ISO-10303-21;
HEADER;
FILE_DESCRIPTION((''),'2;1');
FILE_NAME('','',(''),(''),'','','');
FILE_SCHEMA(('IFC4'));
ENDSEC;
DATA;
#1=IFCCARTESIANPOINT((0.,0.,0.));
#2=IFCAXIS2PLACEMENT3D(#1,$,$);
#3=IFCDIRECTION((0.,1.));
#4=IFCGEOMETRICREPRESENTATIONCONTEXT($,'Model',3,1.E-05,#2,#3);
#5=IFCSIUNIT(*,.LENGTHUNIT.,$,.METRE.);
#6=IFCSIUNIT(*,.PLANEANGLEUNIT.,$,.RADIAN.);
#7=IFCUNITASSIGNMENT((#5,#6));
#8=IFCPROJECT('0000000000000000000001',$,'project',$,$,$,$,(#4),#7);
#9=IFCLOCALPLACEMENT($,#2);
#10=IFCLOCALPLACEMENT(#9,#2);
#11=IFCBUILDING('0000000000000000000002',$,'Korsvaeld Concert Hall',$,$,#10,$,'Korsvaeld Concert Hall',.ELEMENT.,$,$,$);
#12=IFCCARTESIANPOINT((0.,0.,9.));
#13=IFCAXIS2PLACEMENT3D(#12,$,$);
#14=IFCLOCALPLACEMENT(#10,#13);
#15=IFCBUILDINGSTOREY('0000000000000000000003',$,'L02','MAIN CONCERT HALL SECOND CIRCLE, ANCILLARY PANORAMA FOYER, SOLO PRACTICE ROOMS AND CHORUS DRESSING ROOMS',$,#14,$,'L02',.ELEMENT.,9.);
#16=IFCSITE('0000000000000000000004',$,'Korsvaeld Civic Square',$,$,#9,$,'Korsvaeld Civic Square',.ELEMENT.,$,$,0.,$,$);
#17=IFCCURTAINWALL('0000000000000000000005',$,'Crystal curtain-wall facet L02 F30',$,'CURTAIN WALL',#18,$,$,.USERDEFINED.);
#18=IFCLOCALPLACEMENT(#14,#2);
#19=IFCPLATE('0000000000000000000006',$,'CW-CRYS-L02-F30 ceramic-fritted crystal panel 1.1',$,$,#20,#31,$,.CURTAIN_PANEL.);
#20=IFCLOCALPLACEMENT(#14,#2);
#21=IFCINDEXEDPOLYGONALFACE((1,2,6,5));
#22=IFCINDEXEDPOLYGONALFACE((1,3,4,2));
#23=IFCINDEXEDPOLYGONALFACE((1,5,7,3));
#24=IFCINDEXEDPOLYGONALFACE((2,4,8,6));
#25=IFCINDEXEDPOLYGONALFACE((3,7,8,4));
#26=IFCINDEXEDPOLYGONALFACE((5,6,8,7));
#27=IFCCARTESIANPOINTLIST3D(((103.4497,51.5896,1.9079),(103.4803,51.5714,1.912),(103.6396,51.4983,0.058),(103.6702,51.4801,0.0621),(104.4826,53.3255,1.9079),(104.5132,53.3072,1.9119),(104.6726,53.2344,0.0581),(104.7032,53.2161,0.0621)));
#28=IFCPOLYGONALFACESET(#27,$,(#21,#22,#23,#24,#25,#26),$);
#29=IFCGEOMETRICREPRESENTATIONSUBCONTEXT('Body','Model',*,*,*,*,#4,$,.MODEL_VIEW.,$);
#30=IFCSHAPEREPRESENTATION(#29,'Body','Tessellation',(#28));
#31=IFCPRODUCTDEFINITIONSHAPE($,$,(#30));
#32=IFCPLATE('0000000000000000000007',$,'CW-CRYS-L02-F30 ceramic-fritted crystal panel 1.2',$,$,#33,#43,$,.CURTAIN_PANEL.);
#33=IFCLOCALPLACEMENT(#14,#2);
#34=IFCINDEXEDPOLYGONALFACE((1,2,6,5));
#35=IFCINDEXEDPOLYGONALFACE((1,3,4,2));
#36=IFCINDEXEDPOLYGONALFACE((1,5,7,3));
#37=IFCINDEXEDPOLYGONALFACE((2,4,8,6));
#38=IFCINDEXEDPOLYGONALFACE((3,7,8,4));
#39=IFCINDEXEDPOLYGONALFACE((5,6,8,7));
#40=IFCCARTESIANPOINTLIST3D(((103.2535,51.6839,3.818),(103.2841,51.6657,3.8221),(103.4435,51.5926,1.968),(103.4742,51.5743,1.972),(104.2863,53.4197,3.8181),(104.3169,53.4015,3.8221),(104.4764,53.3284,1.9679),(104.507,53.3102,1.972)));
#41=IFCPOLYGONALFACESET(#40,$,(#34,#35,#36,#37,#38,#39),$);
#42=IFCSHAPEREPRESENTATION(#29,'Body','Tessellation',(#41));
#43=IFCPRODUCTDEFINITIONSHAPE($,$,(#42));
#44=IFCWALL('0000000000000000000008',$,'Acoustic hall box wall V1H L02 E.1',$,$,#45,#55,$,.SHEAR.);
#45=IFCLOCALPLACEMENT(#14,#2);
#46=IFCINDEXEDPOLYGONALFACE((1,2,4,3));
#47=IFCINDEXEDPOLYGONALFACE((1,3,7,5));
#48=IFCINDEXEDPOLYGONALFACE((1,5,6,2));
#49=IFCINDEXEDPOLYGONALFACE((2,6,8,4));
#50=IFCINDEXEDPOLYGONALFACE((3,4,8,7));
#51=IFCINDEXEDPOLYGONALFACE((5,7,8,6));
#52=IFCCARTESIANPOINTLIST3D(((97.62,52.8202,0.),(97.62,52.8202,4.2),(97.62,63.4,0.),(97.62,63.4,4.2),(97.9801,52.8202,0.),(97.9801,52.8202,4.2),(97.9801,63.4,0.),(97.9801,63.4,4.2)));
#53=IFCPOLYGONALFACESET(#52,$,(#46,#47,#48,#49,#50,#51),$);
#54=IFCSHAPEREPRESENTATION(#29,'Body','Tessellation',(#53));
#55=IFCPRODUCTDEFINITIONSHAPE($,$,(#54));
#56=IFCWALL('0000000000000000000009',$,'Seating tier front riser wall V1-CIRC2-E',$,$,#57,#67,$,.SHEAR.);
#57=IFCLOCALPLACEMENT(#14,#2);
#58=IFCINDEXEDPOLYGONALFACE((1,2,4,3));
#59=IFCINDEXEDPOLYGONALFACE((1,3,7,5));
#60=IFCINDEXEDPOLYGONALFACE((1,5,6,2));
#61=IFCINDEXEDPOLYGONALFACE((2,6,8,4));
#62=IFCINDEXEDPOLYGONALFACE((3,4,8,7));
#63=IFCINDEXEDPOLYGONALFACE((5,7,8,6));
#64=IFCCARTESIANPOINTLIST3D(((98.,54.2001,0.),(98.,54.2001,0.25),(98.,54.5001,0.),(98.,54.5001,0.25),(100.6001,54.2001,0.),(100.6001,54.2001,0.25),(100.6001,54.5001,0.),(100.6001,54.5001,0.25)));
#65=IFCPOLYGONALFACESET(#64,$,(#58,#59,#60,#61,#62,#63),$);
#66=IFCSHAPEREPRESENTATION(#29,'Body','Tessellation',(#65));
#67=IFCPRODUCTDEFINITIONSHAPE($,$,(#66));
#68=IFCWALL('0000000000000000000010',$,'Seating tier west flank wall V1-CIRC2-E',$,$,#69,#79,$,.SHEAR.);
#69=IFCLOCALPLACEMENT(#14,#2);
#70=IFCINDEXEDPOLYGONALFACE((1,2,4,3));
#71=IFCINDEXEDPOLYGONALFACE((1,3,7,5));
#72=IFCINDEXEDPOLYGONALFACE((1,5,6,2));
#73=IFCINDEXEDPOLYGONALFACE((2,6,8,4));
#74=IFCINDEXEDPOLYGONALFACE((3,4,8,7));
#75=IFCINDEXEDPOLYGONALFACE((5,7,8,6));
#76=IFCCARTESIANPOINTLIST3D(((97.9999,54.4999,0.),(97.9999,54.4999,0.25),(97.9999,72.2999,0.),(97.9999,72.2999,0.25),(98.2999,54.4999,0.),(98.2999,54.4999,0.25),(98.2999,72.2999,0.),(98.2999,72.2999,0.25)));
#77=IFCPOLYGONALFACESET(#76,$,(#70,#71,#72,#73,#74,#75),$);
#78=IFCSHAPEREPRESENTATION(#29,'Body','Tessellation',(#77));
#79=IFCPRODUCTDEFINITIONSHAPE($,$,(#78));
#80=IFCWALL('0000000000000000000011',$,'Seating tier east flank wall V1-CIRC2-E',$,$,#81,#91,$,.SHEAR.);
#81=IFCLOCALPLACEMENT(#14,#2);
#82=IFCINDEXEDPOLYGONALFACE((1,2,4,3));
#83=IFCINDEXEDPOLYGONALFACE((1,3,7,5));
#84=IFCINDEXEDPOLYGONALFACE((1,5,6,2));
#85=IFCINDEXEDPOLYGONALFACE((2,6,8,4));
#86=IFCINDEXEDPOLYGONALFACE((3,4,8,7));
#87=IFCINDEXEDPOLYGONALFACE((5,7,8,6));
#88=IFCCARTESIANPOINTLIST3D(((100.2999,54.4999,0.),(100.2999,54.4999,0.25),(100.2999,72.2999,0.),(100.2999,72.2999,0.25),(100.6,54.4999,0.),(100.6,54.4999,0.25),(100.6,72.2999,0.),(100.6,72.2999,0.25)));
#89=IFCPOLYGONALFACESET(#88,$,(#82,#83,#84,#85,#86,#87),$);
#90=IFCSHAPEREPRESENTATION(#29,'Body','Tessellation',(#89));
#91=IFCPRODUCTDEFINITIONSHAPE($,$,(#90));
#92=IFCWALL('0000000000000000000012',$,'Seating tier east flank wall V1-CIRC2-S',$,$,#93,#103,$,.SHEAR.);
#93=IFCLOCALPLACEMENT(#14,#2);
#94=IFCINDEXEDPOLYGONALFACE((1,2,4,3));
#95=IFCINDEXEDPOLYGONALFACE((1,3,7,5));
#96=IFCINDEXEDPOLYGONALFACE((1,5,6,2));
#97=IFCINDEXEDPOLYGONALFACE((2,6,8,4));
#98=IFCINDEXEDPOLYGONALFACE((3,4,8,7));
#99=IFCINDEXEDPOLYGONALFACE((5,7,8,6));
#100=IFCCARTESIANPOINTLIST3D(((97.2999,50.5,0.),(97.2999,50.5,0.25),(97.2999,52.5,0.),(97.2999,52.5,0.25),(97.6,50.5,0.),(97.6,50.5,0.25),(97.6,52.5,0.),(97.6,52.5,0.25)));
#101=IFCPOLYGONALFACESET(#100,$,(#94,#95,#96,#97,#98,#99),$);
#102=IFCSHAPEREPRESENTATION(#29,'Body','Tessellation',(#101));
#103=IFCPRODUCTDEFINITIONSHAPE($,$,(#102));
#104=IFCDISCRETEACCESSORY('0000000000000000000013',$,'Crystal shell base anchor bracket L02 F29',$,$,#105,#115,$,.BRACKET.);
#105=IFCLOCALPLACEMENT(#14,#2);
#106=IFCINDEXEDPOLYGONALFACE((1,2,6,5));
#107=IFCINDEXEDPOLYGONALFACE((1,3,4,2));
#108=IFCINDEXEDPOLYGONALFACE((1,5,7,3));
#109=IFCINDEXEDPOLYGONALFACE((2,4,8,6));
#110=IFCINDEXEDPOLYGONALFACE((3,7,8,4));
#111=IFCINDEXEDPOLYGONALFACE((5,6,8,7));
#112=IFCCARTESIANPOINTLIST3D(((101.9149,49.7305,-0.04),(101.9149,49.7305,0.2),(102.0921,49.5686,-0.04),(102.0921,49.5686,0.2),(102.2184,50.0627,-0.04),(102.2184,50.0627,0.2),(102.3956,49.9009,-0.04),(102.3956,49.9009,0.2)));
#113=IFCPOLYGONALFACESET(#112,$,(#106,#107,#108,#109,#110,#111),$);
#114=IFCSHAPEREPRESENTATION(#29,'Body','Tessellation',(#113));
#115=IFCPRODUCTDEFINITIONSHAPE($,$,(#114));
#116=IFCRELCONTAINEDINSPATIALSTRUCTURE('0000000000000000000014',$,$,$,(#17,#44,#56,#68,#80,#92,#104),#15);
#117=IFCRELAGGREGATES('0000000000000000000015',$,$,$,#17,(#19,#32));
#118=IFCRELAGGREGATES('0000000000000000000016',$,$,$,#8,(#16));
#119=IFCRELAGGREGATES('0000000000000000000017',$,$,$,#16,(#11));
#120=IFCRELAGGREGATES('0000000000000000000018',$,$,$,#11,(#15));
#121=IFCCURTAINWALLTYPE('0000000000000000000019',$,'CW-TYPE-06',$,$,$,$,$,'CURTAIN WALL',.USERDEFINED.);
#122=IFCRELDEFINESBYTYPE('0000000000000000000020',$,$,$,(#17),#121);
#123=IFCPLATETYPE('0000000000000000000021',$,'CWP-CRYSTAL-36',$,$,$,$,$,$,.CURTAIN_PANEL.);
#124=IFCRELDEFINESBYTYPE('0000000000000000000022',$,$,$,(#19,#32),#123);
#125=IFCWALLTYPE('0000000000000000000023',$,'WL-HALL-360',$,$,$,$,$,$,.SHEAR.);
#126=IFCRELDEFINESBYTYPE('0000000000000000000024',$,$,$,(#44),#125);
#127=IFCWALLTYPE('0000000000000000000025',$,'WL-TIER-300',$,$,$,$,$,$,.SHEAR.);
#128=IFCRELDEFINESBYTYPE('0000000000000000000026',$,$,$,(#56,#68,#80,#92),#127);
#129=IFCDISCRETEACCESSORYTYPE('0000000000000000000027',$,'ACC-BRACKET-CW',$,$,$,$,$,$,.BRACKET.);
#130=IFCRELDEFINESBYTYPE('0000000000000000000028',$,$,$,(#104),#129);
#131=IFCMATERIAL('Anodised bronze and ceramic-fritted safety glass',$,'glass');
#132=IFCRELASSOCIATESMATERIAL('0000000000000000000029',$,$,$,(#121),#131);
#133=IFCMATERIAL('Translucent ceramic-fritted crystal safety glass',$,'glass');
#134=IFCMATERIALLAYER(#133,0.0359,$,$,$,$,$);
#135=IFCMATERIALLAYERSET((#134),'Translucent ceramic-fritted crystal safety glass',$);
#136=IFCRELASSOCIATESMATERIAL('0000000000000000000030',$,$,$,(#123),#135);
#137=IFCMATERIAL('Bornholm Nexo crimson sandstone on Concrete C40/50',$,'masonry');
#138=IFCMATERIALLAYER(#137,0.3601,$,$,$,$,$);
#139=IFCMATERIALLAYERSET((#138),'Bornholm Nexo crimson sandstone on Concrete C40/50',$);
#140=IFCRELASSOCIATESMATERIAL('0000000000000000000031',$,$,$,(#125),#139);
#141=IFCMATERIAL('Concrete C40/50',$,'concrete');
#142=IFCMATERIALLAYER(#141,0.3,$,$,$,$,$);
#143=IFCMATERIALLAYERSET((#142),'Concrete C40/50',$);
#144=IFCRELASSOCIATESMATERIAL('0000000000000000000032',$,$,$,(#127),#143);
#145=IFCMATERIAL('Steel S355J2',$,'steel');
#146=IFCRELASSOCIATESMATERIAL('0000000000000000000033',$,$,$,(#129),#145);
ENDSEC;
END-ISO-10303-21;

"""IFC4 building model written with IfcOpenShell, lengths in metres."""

from ifc_helpers import new_model, si_unit, direction, frame, frame_2d, origin, origin_2d, place, context, subcontext, project, spatial, polyline, rectangle, outline, extrude, material, layer, layer_set, type_object, element, aggregate, save


model = new_model("IFC4")

# Units and contexts
model_context = context("Model", 3, precision=1e-05, world=origin(), true_north=direction((0.0, 1.0)))
body_context = subcontext(model_context, "Body", "Model", "MODEL_VIEW")
ifc_project = project(units=[si_unit("LENGTHUNIT", "METRE"), si_unit("PLANEANGLEUNIT", "RADIAN")], contexts=[model_context])

# Site, building, storey
site_placement = place(None, origin())
site = spatial("IfcSite", under=ifc_project, at=site_placement, Name="Korsvaeld Civic Square", LongName="Korsvaeld Civic Square", CompositionType="ELEMENT", RefElevation=0.0)
building_placement = place(site_placement, origin())
building = spatial("IfcBuilding", under=site, at=building_placement, Name="Korsvaeld Concert Hall", LongName="Korsvaeld Concert Hall", CompositionType="ELEMENT")
storey_placement = place(building_placement, frame((0.0, 0.0, 9.0)))
storey = spatial("IfcBuildingStorey", under=building, at=storey_placement, Name="L02", Description="MAIN CONCERT HALL SECOND CIRCLE, ANCILLARY PANORAMA FOYER, SOLO PRACTICE ROOMS AND CHORUS DRESSING ROOMS", LongName="L02", CompositionType="ELEMENT", Elevation=9.0)

# Shared definitions
ifc_material_1 = material(Name="Concrete C40/50", Category="concrete")

# Curtain wall
ifc_material_2 = material(Name="Anodised bronze and ceramic-fritted safety glass", Category="glass")
curtain_wall_type_1 = type_object("IfcCurtainWallType", Name="CW-TYPE-06", ElementType="CURTAIN WALL", PredefinedType="USERDEFINED", material=ifc_material_2)
curtain_wall_1_placement = place(storey_placement, origin())
curtain_wall_1 = element("IfcCurtainWall", 1, at=curtain_wall_1_placement, inside=storey, type_object=curtain_wall_type_1, Name="Crystal curtain-wall facet L02 F30", ObjectType="CURTAIN WALL", PredefinedType="USERDEFINED")

# Plates
ifc_material_3 = material(Name="Translucent ceramic-fritted crystal safety glass", Category="glass")
ifc_layer_1 = layer(ifc_material_3, 0.0359)
ifc_layer_set_1 = layer_set([ifc_layer_1], Name="Translucent ceramic-fritted crystal safety glass")
plate_type = type_object("IfcPlateType", Name="CWP-CRYSTAL-36", PredefinedType="CURTAIN_PANEL", material=ifc_layer_set_1)
plate_1_placement = place(storey_placement, frame((103.6548, 51.4893, 0.0601), z_axis=(0.853892, -0.508096, 0.112723), x_axis=(0.511355, 0.85937, 0.000003)))
plate_1 = element("IfcPlate", 2, at=plate_1_placement, type_object=plate_type, Name="CW-CRYS-L02-F30 ceramic-fritted crystal panel 1.1", PredefinedType="CURTAIN_PANEL", context=body_context, shape_type="SweptSolid", body=[
    extrude(outline(polyline([(0.0, 0.0), (2.0201, 0.0), (2.0013, 1.8617), (-0.0187, 1.8617), (0.0, 0.0)])), frame((0.0, 0.0, 0.0181)), (0.0, 0.0, -1.0), 0.0359),
])
plate_2_placement = place(storey_placement, frame((103.4587, 51.5835, 1.97), z_axis=(0.853896, -0.508074, 0.112797), x_axis=(0.511338, 0.85938, -0.000006)))
plate_2 = element("IfcPlate", 3, at=plate_2_placement, type_object=plate_type, Name="CW-CRYS-L02-F30 ceramic-fritted crystal panel 1.2", PredefinedType="CURTAIN_PANEL", context=body_context, shape_type="SweptSolid", body=[
    extrude(outline(polyline([(0.0, 0.0), (2.0199, 0.0), (2.0011, 1.862), (-0.0187, 1.862), (0.0, 0.0)])), frame((0.0, 0.0, 0.0181)), (0.0, 0.0, -1.0), 0.0359),
])
aggregate(curtain_wall_1, [plate_1, plate_2])

# Walls
ifc_material_4 = material(Name="Bornholm Nexo crimson sandstone on Concrete C40/50", Category="masonry")
ifc_layer_2 = layer(ifc_material_4, 0.3601)
ifc_layer_set_2 = layer_set([ifc_layer_2], Name="Bornholm Nexo crimson sandstone on Concrete C40/50")
wall_type_1 = type_object("IfcWallType", Name="WL-HALL-360", PredefinedType="SHEAR", material=ifc_layer_set_2)
wall_1_placement = place(storey_placement, frame((97.8, 52.8201, 0.0), z_axis=(0.0, 0.0, 1.0), x_axis=(0.0, 1.0, 0.0)))
element("IfcWall", 4, at=wall_1_placement, inside=storey, type_object=wall_type_1, Name="Acoustic hall box wall V1H L02 E.1", PredefinedType="SHEAR", context=body_context, shape_type="SweptSolid", body=[
    extrude(rectangle(XDim=10.5798, YDim=0.3601, at=frame_2d((5.29, 0.0))), origin(), (0.0, 0.0, 1.0), 4.2),
])
ifc_layer_3 = layer(ifc_material_1, 0.3)
ifc_layer_set_3 = layer_set([ifc_layer_3], Name="Concrete C40/50")
wall_type_2 = type_object("IfcWallType", Name="WL-TIER-300", PredefinedType="SHEAR", material=ifc_layer_set_3)
wall_2_placement = place(storey_placement, frame((98.0, 54.3501, 0.0), z_axis=(0.0, 0.0, 1.0), x_axis=(1.0, 0.0, 0.0)))
element("IfcWall", 5, at=wall_2_placement, inside=storey, type_object=wall_type_2, Name="Seating tier front riser wall V1-CIRC2-E", PredefinedType="SHEAR", context=body_context, shape_type="SweptSolid", body=[
    extrude(rectangle(XDim=2.6001, YDim=0.3, at=frame_2d((1.3, 0.0))), origin(), (0.0, 0.0, 1.0), 0.25),
])
for number, where, z_axis, x_axis, name in (
    (6, (98.1499, 54.5, 0.0), (0.0, 0.0, 1.0), (0.0, 1.0, 0.0), "Seating tier west flank wall V1-CIRC2-E"),
    (7, (100.45, 54.5, 0.0), (0.0, 0.0, 1.0), (0.0, 1.0, 0.0), "Seating tier east flank wall V1-CIRC2-E"),
):
    element("IfcWall", number, at=place(storey_placement, frame(where, z_axis=z_axis, x_axis=x_axis)), inside=storey, type_object=wall_type_2, Name=name, PredefinedType="SHEAR", context=body_context, shape_type="SweptSolid", body=[
        extrude(rectangle(XDim=17.8, YDim=0.3, at=frame_2d((8.8999, 0.0))), origin(), (0.0, 0.0, 1.0), 0.25),
    ])
wall_3_placement = place(storey_placement, frame((97.45, 50.5, 0.0), z_axis=(0.0, 0.0, 1.0), x_axis=(0.0, 1.0, 0.0)))
element("IfcWall", 8, at=wall_3_placement, inside=storey, type_object=wall_type_2, Name="Seating tier east flank wall V1-CIRC2-S", PredefinedType="SHEAR", context=body_context, shape_type="SweptSolid", body=[
    extrude(rectangle(XDim=2.0, YDim=0.3, at=frame_2d((1.0, 0.0))), origin(), (0.0, 0.0, 1.0), 0.25),
])

# Discrete accessory
ifc_material_5 = material(Name="Steel S355J2", Category="steel")
discrete_accessory_type = type_object("IfcDiscreteAccessoryType", Name="ACC-BRACKET-CW", PredefinedType="BRACKET", material=ifc_material_5)
discrete_accessory_placement = place(storey_placement, frame((102.1553, 49.8157, -0.04), z_axis=(0.0, 0.0, 1.0), x_axis=(0.674431, 0.738338, 0.0)))
element("IfcDiscreteAccessory", 9, at=discrete_accessory_placement, inside=storey, type_object=discrete_accessory_type, Name="Crystal shell base anchor bracket L02 F29", PredefinedType="BRACKET", context=body_context, shape_type="SweptSolid", body=[
    extrude(rectangle(XDim=0.45, YDim=0.24, at=origin_2d()), origin(), (0.0, 0.0, 1.0), 0.24),
])

save(model, "model.ifc")
